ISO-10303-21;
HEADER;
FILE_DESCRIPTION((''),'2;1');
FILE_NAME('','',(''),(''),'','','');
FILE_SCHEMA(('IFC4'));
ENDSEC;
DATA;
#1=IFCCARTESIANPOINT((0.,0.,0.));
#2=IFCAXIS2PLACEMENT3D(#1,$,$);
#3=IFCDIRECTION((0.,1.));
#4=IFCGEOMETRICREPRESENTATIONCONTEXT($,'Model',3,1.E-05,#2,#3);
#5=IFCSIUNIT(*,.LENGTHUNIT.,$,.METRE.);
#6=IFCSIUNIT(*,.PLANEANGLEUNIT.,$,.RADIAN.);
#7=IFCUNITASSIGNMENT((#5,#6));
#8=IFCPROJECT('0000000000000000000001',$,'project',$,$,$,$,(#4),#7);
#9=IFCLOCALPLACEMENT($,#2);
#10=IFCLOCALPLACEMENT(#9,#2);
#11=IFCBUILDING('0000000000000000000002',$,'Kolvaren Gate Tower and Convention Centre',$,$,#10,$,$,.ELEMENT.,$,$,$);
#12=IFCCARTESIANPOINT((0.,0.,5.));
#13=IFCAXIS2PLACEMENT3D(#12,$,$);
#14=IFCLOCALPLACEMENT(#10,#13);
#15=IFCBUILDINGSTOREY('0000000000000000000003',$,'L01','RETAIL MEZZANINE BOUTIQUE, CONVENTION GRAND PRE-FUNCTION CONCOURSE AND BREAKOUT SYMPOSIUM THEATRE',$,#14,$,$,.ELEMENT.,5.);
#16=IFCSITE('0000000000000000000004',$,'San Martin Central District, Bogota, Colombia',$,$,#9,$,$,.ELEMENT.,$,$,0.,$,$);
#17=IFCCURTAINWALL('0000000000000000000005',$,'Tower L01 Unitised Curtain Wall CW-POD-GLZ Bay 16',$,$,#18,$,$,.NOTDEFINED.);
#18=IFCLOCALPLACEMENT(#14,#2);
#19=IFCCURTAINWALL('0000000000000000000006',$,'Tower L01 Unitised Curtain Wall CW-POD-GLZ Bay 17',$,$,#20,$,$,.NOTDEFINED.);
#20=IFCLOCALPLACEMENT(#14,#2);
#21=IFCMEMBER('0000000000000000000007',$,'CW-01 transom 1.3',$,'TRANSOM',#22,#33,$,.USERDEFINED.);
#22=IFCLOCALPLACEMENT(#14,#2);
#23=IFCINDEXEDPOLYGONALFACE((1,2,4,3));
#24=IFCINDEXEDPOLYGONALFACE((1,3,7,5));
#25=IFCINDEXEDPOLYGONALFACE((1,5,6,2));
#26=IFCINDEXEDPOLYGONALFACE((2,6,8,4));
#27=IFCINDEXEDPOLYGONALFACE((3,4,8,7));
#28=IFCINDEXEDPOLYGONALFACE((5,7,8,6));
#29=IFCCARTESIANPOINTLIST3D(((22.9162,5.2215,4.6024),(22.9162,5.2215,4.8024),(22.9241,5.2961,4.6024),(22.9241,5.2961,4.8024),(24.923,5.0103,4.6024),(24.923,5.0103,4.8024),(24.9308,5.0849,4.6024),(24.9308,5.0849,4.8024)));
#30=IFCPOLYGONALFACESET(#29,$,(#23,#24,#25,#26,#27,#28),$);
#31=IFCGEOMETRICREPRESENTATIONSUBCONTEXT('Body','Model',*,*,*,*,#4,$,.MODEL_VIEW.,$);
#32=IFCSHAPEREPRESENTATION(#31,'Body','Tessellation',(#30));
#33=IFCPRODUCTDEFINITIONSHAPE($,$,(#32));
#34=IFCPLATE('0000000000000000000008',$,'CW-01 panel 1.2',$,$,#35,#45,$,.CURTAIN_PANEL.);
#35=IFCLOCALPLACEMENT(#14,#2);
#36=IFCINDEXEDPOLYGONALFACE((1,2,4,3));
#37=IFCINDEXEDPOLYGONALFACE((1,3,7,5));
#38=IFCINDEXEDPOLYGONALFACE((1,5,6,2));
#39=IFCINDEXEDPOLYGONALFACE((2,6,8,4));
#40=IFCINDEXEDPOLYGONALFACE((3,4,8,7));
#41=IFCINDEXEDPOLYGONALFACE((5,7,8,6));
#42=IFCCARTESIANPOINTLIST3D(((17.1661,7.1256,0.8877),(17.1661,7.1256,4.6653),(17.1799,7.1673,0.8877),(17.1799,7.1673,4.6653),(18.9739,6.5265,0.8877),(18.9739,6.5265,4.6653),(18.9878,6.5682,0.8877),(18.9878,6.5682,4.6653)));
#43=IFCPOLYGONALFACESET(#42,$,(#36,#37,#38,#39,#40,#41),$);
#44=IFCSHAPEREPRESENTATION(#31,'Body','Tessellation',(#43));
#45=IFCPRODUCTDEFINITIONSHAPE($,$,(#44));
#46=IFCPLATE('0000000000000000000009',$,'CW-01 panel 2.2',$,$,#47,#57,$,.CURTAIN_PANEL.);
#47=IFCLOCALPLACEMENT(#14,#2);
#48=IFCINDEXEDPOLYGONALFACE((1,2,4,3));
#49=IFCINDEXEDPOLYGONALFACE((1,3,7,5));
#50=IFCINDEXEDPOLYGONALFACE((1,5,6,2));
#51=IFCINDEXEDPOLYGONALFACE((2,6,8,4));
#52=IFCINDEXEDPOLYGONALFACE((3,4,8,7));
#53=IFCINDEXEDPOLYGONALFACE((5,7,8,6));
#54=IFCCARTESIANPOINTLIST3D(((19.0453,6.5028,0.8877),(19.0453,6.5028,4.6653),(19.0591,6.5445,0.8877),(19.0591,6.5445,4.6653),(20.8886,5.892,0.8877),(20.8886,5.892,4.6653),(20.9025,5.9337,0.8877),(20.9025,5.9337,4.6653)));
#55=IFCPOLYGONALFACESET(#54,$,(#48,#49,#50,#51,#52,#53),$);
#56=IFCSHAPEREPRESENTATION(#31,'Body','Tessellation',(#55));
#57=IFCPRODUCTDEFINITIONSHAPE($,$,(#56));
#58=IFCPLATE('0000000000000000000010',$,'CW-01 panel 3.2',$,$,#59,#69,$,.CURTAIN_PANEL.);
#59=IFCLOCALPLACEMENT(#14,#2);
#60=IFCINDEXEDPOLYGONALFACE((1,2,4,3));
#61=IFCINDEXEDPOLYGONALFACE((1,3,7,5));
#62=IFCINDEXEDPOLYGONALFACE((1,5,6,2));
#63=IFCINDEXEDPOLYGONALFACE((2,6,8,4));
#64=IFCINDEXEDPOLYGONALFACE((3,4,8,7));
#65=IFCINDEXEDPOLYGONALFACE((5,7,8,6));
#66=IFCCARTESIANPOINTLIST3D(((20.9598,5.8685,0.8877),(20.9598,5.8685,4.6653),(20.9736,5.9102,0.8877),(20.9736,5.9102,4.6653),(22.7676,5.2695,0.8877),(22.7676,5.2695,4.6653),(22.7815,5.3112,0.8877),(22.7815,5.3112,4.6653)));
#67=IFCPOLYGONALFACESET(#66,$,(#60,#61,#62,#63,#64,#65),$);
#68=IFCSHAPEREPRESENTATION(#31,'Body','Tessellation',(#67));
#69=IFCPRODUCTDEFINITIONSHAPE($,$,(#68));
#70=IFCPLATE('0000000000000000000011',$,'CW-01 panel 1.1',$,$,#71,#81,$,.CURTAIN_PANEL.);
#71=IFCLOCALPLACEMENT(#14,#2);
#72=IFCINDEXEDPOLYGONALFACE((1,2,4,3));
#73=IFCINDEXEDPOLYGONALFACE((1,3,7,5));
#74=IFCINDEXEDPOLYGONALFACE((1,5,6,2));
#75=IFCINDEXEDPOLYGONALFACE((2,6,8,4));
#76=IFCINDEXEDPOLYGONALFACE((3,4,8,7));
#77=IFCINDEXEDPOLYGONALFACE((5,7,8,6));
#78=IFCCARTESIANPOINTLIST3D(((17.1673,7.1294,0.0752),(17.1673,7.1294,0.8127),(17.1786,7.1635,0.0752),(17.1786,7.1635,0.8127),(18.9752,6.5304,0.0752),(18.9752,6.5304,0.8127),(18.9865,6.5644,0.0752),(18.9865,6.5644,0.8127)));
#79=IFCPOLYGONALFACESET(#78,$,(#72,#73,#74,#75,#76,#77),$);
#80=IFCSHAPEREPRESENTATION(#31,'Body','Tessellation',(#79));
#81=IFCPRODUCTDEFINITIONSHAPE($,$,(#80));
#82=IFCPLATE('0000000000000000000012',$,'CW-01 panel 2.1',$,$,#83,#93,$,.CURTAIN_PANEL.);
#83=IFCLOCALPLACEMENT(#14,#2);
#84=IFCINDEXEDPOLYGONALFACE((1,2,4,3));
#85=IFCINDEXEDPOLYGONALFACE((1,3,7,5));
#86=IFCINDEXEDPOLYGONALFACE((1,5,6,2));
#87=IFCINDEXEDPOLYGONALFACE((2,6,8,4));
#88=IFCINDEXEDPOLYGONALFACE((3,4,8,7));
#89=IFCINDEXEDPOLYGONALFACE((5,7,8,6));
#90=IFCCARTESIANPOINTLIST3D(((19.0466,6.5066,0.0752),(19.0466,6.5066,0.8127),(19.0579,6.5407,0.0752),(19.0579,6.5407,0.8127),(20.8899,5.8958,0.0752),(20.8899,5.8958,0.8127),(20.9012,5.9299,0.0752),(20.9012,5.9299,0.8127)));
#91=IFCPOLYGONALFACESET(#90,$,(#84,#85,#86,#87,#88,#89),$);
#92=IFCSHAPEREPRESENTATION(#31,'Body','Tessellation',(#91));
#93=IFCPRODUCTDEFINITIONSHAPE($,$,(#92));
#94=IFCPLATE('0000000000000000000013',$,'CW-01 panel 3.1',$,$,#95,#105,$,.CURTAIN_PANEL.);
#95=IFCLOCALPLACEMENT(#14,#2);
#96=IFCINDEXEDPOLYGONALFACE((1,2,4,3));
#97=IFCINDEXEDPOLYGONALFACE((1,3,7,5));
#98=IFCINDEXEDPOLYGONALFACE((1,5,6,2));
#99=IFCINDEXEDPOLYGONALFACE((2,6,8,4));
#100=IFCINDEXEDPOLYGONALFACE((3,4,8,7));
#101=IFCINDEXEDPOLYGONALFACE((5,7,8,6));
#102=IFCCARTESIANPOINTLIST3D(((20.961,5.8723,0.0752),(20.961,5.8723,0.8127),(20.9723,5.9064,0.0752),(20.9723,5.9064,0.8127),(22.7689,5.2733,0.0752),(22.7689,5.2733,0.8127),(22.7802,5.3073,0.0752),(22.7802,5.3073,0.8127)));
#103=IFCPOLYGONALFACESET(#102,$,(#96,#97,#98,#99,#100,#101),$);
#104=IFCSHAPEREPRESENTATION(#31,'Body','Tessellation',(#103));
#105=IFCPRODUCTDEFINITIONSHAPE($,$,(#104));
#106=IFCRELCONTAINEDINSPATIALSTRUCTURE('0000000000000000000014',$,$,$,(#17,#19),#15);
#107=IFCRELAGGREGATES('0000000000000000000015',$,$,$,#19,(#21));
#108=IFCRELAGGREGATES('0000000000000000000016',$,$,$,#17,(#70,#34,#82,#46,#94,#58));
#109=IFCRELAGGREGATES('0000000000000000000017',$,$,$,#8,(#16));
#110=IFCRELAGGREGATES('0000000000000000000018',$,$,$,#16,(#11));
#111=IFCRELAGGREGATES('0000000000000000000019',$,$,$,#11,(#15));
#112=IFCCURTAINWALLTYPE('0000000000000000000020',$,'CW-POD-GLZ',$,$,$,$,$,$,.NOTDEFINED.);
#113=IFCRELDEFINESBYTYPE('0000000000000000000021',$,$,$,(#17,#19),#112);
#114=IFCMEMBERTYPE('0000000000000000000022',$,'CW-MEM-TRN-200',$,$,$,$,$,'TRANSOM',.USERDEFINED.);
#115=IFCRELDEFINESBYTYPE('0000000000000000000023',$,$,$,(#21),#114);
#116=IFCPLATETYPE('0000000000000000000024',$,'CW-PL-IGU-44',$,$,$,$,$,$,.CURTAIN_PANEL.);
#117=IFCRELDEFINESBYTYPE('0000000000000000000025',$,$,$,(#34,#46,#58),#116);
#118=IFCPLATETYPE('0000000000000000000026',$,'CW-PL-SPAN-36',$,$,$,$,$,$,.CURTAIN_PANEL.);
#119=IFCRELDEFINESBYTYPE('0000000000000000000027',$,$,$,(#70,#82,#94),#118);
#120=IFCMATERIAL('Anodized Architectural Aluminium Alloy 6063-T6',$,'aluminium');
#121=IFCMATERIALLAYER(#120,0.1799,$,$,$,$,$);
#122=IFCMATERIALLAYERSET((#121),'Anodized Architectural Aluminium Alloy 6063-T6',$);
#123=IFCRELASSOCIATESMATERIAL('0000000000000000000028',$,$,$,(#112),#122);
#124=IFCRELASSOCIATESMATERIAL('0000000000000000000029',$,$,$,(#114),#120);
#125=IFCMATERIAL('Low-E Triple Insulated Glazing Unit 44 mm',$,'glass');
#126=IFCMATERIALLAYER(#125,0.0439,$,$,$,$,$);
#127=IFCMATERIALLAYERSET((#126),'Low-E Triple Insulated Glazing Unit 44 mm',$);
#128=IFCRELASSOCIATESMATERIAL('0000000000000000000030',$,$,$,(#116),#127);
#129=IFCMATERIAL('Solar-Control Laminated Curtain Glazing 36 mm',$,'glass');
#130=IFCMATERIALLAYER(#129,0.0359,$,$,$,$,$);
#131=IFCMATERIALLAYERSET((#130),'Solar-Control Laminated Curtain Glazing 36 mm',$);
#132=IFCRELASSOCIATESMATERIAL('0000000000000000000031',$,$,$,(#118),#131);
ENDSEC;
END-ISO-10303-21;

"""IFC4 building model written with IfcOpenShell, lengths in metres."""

from ifc_helpers import new_model, si_unit, direction, frame, origin, origin_2d, place, context, subcontext, project, spatial, rectangle, extrude, material, layer, layer_set, material_profile, profile_set, type_object, element, aggregate, save


model = new_model("IFC4")

# Units and contexts
model_context = context("Model", 3, precision=1e-05, world=origin(), true_north=direction((0.0, 1.0)))
body_context = subcontext(model_context, "Body", "Model", "MODEL_VIEW")
ifc_project = project(units=[si_unit("LENGTHUNIT", "METRE"), si_unit("PLANEANGLEUNIT", "RADIAN")], contexts=[model_context])

# Site, building, storey
site_placement = place(None, origin())
site = spatial("IfcSite", under=ifc_project, at=site_placement, Name="San Martin Central District, Bogota, Colombia", CompositionType="ELEMENT", RefElevation=0.0)
building_placement = place(site_placement, origin())
building = spatial("IfcBuilding", under=site, at=building_placement, Name="Kolvaren Gate Tower and Convention Centre", CompositionType="ELEMENT")
storey_placement = place(building_placement, frame((0.0, 0.0, 5.0)))
storey = spatial("IfcBuildingStorey", under=building, at=storey_placement, Name="L01", Description="RETAIL MEZZANINE BOUTIQUE, CONVENTION GRAND PRE-FUNCTION CONCOURSE AND BREAKOUT SYMPOSIUM THEATRE", CompositionType="ELEMENT", Elevation=5.0)

# Curtain wall
ifc_material_1 = material(Name="Anodized Architectural Aluminium Alloy 6063-T6", Category="aluminium")
ifc_layer_1 = layer(ifc_material_1, 0.1799)
ifc_layer_set_1 = layer_set([ifc_layer_1], Name="Anodized Architectural Aluminium Alloy 6063-T6")
curtain_wall_type = type_object("IfcCurtainWallType", Name="CW-POD-GLZ", PredefinedType="NOTDEFINED", material=ifc_layer_set_1)
curtain_wall_1_placement = place(storey_placement, origin())
curtain_wall_1 = element("IfcCurtainWall", 1, at=curtain_wall_1_placement, inside=storey, type_object=curtain_wall_type, Name="Tower L01 Unitised Curtain Wall CW-POD-GLZ Bay 16", PredefinedType="NOTDEFINED")

# Curtain wall
curtain_wall_2_placement = place(storey_placement, origin())
curtain_wall_2 = element("IfcCurtainWall", 2, at=curtain_wall_2_placement, inside=storey, type_object=curtain_wall_type, Name="Tower L01 Unitised Curtain Wall CW-POD-GLZ Bay 17", PredefinedType="NOTDEFINED")

# Member
ifc_material_profile_1 = material_profile(ifc_material_1, rectangle(XDim=0.075, YDim=0.2, at=origin_2d()), Name="CW-MEM-TRN-200")
ifc_profile_set_1 = profile_set([ifc_material_profile_1], Name="Anodized Architectural Aluminium Alloy 6063-T6")
member_type_1 = type_object("IfcMemberType", Name="CW-MEM-TRN-200", ElementType="TRANSOM", PredefinedType="USERDEFINED", material=ifc_profile_set_1)
member_1_placement = place(storey_placement, frame((22.9202, 5.2588, 4.7024), z_axis=(0.994509, -0.104653, 0.0), x_axis=(0.104653, 0.994509, 0.0)))
member_1 = element("IfcMember", 3, at=member_1_placement, type_object=member_type_1, Name="CW-01 transom 1.3", ObjectType="TRANSOM", PredefinedType="USERDEFINED", context=body_context, shape_type="SweptSolid", body=[
    extrude(rectangle(XDim=0.075, YDim=0.2, at=origin_2d()), origin(), (0.0, 0.0, 1.0), 2.0178),
])
aggregate(curtain_wall_2, [member_1])

# Plates
ifc_material_2 = material(Name="Low-E Triple Insulated Glazing Unit 44 mm", Category="glass")
ifc_layer_2 = layer(ifc_material_2, 0.0439)
ifc_layer_set_2 = layer_set([ifc_layer_2], Name="Low-E Triple Insulated Glazing Unit 44 mm")
plate_type_1 = type_object("IfcPlateType", Name="CW-PL-IGU-44", PredefinedType="CURTAIN_PANEL", material=ifc_layer_set_2)
plate_1_placement = place(storey_placement, frame((18.0769, 6.8469, 0.8877), z_axis=(0.0, 0.0, 1.0), x_axis=(0.949242, -0.314547, 0.0)))
plate_1 = element("IfcPlate", 4, at=plate_1_placement, type_object=plate_type_1, Name="CW-01 panel 1.2", PredefinedType="CURTAIN_PANEL", context=body_context, shape_type="SweptSolid", body=[
    extrude(rectangle(XDim=1.9045, YDim=0.0439, at=origin_2d()), origin(), (0.0, 0.0, 1.0), 3.7776),
])
plate_2_placement = place(storey_placement, frame((19.9739, 6.2183, 0.8877), z_axis=(0.0, 0.0, 1.0), x_axis=(0.949242, -0.314547, 0.0)))
plate_2 = element("IfcPlate", 5, at=plate_2_placement, type_object=plate_type_1, Name="CW-01 panel 2.2", PredefinedType="CURTAIN_PANEL", context=body_context, shape_type="SweptSolid", body=[
    extrude(rectangle(XDim=1.9419, YDim=0.0439, at=origin_2d()), origin(), (0.0, 0.0, 1.0), 3.7776),
])
plate_3_placement = place(storey_placement, frame((21.8706, 5.5898, 0.8877), z_axis=(0.0, 0.0, 1.0), x_axis=(0.949242, -0.314547, 0.0)))
plate_3 = element("IfcPlate", 6, at=plate_3_placement, type_object=plate_type_1, Name="CW-01 panel 3.2", PredefinedType="CURTAIN_PANEL", context=body_context, shape_type="SweptSolid", body=[
    extrude(rectangle(XDim=1.9045, YDim=0.0439, at=origin_2d()), origin(), (0.0, 0.0, 1.0), 3.7776),
])
ifc_material_3 = material(Name="Solar-Control Laminated Curtain Glazing 36 mm", Category="glass")
ifc_layer_3 = layer(ifc_material_3, 0.0359)
ifc_layer_set_3 = layer_set([ifc_layer_3], Name="Solar-Control Laminated Curtain Glazing 36 mm")
plate_type_2 = type_object("IfcPlateType", Name="CW-PL-SPAN-36", PredefinedType="CURTAIN_PANEL", material=ifc_layer_set_3)
plate_4_placement = place(storey_placement, frame((18.0769, 6.8469, 0.0752), z_axis=(0.0, 0.0, 1.0), x_axis=(0.949242, -0.314547, 0.0)))
plate_4 = element("IfcPlate", 7, at=plate_4_placement, type_object=plate_type_2, Name="CW-01 panel 1.1", PredefinedType="CURTAIN_PANEL", context=body_context, shape_type="SweptSolid", body=[
    extrude(rectangle(XDim=1.9045, YDim=0.0359, at=origin_2d()), origin(), (0.0, 0.0, 1.0), 0.7375),
])
plate_5_placement = place(storey_placement, frame((19.9739, 6.2183, 0.0752), z_axis=(0.0, 0.0, 1.0), x_axis=(0.949242, -0.314547, 0.0)))
plate_5 = element("IfcPlate", 8, at=plate_5_placement, type_object=plate_type_2, Name="CW-01 panel 2.1", PredefinedType="CURTAIN_PANEL", context=body_context, shape_type="SweptSolid", body=[
    extrude(rectangle(XDim=1.9419, YDim=0.0359, at=origin_2d()), origin(), (0.0, 0.0, 1.0), 0.7375),
])
plate_6_placement = place(storey_placement, frame((21.8706, 5.5898, 0.0752), z_axis=(0.0, 0.0, 1.0), x_axis=(0.949242, -0.314547, 0.0)))
plate_6 = element("IfcPlate", 9, at=plate_6_placement, type_object=plate_type_2, Name="CW-01 panel 3.1", PredefinedType="CURTAIN_PANEL", context=body_context, shape_type="SweptSolid", body=[
    extrude(rectangle(XDim=1.9045, YDim=0.0359, at=origin_2d()), origin(), (0.0, 0.0, 1.0), 0.7375),
])
aggregate(curtain_wall_1, [plate_4, plate_1, plate_5, plate_2, plate_6, plate_3])

save(model, "model.ifc")
